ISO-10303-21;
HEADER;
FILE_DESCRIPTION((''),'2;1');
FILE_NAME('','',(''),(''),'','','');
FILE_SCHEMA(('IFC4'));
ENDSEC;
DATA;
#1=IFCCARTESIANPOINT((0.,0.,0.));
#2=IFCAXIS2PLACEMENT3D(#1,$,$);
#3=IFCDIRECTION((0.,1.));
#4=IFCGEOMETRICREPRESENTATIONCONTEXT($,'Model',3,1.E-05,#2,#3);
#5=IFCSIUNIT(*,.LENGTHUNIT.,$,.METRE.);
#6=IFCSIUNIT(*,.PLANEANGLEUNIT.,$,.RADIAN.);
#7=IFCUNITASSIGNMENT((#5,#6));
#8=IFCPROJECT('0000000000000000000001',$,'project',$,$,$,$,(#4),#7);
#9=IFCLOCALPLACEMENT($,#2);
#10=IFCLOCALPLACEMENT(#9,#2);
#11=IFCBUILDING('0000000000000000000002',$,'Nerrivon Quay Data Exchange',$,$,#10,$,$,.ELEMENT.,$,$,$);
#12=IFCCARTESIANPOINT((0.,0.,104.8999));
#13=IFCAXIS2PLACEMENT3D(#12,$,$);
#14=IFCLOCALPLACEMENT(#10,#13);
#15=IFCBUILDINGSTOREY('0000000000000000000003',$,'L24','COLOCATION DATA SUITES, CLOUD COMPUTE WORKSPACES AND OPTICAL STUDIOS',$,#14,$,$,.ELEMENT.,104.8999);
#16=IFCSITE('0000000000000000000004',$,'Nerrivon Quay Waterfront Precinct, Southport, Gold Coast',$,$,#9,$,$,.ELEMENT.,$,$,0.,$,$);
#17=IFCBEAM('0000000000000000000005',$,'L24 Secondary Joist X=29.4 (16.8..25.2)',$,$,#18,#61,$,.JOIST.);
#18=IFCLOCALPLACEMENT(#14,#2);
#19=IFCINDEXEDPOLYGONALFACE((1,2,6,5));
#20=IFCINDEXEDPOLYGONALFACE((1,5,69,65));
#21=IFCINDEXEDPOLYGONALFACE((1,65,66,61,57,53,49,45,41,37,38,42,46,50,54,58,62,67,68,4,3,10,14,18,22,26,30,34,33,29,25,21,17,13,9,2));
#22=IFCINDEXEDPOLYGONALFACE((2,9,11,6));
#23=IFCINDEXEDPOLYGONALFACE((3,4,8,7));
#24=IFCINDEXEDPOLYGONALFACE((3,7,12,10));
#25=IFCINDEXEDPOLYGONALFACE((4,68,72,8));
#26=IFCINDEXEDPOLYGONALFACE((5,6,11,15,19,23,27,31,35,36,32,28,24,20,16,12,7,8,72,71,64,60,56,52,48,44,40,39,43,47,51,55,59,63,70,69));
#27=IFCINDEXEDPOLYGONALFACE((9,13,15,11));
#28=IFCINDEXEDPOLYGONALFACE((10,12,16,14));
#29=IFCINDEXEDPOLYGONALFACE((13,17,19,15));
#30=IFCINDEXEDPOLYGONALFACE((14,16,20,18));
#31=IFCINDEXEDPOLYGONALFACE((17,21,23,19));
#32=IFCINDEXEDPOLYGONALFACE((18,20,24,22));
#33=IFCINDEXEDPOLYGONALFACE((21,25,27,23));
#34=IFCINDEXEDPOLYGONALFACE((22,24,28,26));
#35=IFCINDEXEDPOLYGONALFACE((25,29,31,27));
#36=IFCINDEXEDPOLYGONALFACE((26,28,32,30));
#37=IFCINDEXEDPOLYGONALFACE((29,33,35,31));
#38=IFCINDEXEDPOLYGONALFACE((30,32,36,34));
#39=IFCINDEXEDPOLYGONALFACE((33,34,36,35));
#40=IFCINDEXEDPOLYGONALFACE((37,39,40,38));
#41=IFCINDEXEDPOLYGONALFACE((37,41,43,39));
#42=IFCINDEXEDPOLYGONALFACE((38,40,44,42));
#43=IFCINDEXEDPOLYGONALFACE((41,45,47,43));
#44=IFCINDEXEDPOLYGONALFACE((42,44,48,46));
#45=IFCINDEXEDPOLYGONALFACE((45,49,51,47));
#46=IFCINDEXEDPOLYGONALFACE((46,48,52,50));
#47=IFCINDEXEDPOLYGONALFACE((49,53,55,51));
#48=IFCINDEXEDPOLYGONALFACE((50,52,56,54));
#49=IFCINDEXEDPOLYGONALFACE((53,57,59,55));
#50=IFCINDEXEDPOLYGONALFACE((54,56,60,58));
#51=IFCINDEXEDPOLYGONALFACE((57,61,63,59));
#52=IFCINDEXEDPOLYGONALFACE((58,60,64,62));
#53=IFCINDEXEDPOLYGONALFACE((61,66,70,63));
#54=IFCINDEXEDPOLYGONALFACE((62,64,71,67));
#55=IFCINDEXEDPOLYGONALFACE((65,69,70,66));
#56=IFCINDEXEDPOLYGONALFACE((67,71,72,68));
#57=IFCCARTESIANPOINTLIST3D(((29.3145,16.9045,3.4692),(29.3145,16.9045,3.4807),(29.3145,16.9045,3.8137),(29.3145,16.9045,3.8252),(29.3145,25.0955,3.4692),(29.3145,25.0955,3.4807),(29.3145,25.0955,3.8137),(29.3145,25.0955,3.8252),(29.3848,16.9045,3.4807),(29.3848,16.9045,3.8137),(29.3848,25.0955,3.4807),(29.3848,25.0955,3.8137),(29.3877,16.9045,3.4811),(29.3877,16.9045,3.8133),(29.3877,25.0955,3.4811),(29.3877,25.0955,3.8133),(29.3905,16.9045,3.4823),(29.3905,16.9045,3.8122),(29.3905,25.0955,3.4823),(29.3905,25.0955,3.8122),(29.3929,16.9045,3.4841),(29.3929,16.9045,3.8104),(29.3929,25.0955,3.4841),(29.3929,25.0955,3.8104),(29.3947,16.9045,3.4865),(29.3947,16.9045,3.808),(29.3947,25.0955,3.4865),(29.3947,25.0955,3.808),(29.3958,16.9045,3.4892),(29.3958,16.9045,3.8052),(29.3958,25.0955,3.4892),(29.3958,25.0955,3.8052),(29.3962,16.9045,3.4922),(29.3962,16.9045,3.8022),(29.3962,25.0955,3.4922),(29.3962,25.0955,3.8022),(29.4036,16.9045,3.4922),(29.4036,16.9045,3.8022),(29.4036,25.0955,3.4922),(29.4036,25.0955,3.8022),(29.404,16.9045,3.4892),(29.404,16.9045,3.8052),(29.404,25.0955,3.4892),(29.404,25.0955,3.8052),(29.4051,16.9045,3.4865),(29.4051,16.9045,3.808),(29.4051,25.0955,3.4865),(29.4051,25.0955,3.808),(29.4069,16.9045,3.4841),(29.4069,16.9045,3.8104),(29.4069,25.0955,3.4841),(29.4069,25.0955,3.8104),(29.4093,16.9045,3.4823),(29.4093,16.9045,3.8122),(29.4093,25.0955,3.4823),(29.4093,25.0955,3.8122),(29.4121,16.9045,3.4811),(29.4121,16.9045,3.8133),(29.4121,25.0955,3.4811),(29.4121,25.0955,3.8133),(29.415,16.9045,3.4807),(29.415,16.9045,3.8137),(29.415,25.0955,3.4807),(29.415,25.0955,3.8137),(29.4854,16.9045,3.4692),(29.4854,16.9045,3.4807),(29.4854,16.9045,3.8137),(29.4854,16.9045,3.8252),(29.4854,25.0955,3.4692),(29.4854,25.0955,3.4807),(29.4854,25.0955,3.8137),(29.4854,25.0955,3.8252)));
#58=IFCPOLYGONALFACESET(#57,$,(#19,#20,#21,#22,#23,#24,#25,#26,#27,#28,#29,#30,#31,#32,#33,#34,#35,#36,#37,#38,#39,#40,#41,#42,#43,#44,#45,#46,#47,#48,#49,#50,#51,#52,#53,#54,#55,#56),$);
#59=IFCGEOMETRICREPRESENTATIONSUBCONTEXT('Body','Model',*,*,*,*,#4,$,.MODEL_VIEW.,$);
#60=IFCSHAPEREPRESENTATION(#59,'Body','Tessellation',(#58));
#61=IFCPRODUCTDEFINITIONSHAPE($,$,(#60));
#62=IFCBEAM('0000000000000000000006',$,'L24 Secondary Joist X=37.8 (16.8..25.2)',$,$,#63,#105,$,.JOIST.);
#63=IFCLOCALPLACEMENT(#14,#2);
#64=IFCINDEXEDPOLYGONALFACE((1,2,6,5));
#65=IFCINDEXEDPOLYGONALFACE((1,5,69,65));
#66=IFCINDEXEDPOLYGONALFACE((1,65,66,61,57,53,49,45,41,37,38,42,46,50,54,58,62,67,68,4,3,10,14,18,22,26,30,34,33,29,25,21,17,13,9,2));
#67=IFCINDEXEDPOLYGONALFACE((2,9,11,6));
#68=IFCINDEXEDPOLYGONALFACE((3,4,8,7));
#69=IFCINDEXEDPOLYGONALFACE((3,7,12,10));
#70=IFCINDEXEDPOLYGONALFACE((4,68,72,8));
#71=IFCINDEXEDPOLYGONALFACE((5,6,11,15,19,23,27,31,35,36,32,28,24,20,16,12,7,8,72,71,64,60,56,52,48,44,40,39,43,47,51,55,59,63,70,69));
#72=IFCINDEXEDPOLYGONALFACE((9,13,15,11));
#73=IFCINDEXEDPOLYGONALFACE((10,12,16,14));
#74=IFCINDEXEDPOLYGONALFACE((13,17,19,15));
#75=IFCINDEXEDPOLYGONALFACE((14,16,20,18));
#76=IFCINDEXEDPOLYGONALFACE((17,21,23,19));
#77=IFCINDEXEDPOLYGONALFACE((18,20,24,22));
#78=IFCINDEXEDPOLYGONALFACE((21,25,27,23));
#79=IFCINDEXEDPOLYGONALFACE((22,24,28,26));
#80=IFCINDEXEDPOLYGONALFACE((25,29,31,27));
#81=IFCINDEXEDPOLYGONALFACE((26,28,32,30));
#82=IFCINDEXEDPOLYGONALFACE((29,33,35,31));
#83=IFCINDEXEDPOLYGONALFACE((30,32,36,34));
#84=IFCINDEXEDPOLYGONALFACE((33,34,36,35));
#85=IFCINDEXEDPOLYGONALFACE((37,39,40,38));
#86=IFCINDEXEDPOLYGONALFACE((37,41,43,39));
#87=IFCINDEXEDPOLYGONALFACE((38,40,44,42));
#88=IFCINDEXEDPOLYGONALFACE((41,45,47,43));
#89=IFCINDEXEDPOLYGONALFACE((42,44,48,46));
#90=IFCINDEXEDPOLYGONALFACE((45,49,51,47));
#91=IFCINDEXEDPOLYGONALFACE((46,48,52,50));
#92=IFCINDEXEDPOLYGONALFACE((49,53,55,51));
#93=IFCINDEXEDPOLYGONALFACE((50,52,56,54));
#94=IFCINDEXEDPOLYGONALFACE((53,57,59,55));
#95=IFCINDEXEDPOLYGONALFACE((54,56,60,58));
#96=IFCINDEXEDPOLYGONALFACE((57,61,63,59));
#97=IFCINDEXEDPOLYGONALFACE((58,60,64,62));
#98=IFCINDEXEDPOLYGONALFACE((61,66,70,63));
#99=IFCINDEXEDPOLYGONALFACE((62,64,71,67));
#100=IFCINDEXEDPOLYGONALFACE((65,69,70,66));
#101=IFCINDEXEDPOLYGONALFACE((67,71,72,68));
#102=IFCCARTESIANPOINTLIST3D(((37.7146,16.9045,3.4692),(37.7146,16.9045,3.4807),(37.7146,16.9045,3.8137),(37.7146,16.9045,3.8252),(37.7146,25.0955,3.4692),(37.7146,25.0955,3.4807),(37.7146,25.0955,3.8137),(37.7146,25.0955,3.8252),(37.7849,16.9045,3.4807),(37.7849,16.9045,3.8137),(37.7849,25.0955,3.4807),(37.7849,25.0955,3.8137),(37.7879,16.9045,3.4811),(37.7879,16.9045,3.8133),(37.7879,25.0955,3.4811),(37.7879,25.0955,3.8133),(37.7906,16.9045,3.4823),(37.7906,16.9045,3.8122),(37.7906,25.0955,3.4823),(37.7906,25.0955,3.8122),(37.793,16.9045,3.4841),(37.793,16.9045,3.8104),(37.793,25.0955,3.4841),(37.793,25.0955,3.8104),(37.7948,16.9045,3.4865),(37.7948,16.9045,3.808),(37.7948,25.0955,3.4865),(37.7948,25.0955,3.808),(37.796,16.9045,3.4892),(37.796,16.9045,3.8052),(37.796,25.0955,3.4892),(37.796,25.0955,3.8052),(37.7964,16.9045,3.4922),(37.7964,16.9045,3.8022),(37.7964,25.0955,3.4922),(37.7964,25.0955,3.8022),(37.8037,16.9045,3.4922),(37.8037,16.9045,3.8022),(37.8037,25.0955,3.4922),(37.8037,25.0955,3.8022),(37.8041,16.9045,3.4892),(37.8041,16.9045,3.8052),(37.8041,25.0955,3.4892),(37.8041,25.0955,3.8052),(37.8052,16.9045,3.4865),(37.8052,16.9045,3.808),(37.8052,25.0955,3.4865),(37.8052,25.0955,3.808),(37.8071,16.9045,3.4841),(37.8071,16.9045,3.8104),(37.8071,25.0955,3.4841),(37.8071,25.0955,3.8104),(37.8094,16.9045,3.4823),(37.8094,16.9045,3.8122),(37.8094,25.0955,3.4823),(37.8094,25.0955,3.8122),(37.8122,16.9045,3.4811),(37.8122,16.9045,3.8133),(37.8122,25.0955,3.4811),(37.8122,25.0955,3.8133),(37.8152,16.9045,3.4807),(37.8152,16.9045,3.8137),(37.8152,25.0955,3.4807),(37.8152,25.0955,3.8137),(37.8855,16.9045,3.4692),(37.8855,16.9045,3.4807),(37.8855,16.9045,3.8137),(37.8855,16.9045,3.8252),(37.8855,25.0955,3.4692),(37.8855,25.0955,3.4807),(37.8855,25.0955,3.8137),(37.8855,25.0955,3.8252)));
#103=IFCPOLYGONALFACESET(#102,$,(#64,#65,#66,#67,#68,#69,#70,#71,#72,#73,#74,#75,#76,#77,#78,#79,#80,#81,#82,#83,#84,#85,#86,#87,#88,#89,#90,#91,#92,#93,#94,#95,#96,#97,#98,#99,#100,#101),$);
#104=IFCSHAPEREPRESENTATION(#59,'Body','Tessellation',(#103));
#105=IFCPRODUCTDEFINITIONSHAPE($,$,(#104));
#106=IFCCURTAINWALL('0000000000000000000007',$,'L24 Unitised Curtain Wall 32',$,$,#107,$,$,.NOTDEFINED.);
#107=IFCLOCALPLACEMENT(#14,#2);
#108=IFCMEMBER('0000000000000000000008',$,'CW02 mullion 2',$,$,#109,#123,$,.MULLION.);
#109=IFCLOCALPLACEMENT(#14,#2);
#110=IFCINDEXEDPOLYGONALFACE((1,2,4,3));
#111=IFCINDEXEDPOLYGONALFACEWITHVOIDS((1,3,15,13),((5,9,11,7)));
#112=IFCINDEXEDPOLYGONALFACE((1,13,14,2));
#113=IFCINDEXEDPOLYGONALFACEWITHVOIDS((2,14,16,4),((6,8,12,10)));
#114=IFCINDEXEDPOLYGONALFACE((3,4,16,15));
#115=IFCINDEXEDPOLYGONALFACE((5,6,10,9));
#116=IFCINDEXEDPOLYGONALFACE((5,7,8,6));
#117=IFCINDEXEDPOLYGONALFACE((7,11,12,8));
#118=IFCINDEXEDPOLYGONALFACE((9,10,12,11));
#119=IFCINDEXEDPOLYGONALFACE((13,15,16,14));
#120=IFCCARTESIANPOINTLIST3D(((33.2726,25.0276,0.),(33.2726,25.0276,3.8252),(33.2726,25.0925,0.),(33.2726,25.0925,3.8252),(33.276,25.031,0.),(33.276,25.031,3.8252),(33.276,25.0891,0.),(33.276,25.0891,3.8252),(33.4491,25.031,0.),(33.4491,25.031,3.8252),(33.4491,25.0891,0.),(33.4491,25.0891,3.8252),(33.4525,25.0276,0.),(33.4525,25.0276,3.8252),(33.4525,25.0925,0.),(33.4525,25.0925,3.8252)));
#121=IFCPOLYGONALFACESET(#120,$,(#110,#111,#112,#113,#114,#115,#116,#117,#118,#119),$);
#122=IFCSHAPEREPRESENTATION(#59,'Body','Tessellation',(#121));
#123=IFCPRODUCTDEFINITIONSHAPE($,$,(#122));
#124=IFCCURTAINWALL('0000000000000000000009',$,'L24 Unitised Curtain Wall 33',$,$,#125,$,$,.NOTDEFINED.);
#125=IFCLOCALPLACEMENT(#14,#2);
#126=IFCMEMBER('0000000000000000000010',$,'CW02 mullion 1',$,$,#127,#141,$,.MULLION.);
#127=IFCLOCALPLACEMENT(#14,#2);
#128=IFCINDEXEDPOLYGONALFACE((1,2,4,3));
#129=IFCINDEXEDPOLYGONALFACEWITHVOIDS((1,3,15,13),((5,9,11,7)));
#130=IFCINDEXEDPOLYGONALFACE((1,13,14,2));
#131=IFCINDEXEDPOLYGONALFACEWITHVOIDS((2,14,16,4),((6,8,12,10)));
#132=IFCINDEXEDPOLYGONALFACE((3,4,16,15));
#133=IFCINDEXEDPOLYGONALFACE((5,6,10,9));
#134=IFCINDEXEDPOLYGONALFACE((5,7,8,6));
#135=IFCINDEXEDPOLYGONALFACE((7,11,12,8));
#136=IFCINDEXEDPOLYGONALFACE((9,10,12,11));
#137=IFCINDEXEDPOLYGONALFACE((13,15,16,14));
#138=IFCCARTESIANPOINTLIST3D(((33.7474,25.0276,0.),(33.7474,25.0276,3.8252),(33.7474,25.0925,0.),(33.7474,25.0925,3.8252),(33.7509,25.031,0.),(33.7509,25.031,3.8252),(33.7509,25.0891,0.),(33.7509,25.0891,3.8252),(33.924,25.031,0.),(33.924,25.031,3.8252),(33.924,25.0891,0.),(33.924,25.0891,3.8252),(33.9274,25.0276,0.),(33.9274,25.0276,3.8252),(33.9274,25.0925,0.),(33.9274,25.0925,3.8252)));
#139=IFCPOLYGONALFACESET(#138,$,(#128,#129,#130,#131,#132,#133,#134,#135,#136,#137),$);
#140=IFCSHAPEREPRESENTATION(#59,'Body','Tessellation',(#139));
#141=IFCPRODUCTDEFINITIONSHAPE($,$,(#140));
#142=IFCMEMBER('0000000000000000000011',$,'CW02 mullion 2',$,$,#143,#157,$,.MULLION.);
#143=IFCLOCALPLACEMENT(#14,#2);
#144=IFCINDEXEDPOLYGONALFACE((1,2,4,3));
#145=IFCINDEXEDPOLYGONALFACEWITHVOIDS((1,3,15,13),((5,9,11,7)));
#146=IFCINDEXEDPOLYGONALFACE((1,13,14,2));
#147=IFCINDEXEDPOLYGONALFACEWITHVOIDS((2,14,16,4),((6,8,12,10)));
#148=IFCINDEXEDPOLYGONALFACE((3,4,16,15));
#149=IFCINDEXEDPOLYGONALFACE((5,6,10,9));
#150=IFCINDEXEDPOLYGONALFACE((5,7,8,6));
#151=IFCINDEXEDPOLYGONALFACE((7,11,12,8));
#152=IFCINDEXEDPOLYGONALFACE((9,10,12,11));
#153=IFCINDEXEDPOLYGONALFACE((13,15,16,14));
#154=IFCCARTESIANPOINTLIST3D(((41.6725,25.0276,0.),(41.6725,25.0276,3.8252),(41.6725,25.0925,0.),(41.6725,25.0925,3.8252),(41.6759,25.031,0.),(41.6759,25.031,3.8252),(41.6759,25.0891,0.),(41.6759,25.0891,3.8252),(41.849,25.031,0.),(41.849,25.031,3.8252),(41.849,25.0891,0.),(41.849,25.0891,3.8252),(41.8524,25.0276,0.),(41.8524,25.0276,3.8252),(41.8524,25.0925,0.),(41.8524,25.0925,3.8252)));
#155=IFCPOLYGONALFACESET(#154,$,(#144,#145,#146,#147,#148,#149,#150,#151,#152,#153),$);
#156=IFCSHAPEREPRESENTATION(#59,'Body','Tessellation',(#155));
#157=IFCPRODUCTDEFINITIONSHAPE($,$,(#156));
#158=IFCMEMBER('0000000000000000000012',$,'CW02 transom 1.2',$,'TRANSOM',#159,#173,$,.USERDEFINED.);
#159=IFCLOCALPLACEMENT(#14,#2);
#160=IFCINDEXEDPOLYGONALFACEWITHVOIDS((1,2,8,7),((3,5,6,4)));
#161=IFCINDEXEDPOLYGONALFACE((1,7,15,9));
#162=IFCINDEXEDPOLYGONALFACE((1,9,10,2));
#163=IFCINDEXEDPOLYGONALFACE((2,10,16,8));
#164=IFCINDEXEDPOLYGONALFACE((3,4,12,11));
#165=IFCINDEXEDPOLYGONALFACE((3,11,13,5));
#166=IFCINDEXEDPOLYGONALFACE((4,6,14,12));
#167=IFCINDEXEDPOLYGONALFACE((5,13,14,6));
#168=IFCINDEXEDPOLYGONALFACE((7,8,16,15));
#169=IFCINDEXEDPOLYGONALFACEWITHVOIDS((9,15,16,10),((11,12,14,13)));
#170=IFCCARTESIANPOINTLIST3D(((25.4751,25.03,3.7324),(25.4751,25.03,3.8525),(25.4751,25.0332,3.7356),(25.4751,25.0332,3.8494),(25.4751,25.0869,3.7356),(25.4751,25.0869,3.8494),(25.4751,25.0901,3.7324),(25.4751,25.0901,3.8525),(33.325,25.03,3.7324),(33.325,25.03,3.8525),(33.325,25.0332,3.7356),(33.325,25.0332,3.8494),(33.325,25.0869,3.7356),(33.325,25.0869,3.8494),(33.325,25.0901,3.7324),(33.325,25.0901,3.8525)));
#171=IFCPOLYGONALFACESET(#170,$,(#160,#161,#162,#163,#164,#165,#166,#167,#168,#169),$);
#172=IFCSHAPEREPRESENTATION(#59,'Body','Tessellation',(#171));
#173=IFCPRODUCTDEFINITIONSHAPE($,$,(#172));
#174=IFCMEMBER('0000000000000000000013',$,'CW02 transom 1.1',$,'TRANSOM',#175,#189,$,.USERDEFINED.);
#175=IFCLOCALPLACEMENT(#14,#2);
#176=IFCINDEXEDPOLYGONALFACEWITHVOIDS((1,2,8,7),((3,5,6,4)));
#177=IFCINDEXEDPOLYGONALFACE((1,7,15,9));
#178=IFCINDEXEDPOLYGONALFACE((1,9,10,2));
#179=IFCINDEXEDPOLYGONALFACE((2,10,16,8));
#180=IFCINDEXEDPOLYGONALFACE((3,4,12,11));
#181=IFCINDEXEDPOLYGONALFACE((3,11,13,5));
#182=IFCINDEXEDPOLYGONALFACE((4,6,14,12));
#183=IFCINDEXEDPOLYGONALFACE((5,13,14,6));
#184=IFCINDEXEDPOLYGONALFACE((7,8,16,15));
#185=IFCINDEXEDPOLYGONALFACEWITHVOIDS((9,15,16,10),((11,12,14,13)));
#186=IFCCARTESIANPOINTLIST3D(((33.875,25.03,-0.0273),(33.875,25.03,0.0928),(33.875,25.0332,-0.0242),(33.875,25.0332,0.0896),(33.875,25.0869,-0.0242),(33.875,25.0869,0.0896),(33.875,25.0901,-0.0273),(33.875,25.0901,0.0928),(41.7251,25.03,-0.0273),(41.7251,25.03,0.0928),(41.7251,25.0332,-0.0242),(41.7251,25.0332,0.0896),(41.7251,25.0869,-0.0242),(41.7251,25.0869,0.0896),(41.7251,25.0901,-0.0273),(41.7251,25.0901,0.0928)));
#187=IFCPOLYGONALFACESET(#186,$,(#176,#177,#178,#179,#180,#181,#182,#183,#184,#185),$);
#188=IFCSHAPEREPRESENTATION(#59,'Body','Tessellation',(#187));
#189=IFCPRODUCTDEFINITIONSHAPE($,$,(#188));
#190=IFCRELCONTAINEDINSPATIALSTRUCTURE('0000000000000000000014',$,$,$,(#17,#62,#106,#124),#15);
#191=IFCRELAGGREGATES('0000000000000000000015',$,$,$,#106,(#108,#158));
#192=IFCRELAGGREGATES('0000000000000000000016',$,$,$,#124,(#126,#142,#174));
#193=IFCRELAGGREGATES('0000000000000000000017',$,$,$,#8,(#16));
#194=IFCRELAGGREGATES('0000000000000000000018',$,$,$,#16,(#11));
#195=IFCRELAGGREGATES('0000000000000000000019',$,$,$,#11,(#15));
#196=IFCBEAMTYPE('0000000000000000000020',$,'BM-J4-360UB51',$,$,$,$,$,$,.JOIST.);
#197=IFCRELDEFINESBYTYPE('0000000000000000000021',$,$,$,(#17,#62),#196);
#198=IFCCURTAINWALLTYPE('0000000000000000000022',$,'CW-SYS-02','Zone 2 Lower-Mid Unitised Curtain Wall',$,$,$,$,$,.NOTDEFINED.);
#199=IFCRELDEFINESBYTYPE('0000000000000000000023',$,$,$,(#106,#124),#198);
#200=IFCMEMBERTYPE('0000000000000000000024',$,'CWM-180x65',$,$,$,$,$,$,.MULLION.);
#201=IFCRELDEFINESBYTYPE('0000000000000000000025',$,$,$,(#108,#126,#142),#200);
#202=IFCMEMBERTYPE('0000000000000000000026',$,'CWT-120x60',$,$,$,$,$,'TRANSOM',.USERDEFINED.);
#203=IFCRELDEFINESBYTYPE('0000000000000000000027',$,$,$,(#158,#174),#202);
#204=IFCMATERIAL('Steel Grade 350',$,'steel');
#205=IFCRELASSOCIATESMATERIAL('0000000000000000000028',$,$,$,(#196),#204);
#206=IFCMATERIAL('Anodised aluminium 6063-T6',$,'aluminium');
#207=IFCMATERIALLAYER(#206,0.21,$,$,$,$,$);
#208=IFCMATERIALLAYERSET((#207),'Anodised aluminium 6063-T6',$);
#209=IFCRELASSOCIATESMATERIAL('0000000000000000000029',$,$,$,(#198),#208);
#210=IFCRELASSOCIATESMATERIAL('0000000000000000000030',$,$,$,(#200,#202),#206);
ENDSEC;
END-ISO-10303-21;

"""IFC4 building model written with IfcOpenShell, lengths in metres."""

from ifc_helpers import new_model, si_unit, direction, frame, origin, origin_2d, place, context, subcontext, project, spatial, hollow_rectangle, i_section, extrude, material, layer, layer_set, material_profile, profile_set, type_object, element, aggregate, save


model = new_model("IFC4")

# Units and contexts
model_context = context("Model", 3, precision=1e-05, world=origin(), true_north=direction((0.0, 1.0)))
body_context = subcontext(model_context, "Body", "Model", "MODEL_VIEW")
ifc_project = project(units=[si_unit("LENGTHUNIT", "METRE"), si_unit("PLANEANGLEUNIT", "RADIAN")], contexts=[model_context])

# Site, building, storey
site_placement = place(None, origin())
site = spatial("IfcSite", under=ifc_project, at=site_placement, Name="Nerrivon Quay Waterfront Precinct, Southport, Gold Coast", CompositionType="ELEMENT", RefElevation=0.0)
building_placement = place(site_placement, origin())
building = spatial("IfcBuilding", under=site, at=building_placement, Name="Nerrivon Quay Data Exchange", CompositionType="ELEMENT")
storey_placement = place(building_placement, frame((0.0, 0.0, 104.8999)))
storey = spatial("IfcBuildingStorey", under=building, at=storey_placement, Name="L24", Description="COLOCATION DATA SUITES, CLOUD COMPUTE WORKSPACES AND OPTICAL STUDIOS", CompositionType="ELEMENT", Elevation=104.8999)

# Shared definitions
ifc_material_1 = material(Name="Steel Grade 350", Category="steel")

# Beams
ifc_material_profile_1 = material_profile(ifc_material_1, i_section(OverallWidth=0.1709, OverallDepth=0.356, WebThickness=0.0073, FlangeThickness=0.0115, FilletRadius=0.0115, at=origin_2d()), Name="360UB50.7")
ifc_profile_set_1 = profile_set([ifc_material_profile_1], Name="Steel Grade 350")
beam_type_1 = type_object("IfcBeamType", Name="BM-J4-360UB51", PredefinedType="JOIST", material=ifc_profile_set_1)
for number, where, z_axis, x_axis, name in (
    (1, (29.3999, 16.9045, 3.6472), (0.0, 1.0, 0.0), (-1.0, 0.0, 0.0), "L24 Secondary Joist X=29.4 (16.8..25.2)"),
    (2, (37.8, 16.9045, 3.6472), (0.0, 1.0, 0.0), (-1.0, 0.0, 0.0), "L24 Secondary Joist X=37.8 (16.8..25.2)"),
):
    element("IfcBeam", number, at=place(storey_placement, frame(where, z_axis=z_axis, x_axis=x_axis)), inside=storey, type_object=beam_type_1, Name=name, PredefinedType="JOIST", context=body_context, shape_type="SweptSolid", body=[
        extrude(i_section(OverallWidth=0.1709, OverallDepth=0.356, WebThickness=0.0073, FlangeThickness=0.0115, FilletRadius=0.0115, at=origin_2d()), origin(), (0.0, 0.0, 1.0), 8.1909),
    ])

# Curtain wall, member
ifc_material_2 = material(Name="Anodised aluminium 6063-T6", Category="aluminium")
ifc_layer_1 = layer(ifc_material_2, 0.21)
ifc_layer_set_1 = layer_set([ifc_layer_1], Name="Anodised aluminium 6063-T6")
curtain_wall_type = type_object("IfcCurtainWallType", Name="CW-SYS-02", Description="Zone 2 Lower-Mid Unitised Curtain Wall", PredefinedType="NOTDEFINED", material=ifc_layer_set_1)
curtain_wall_1_placement = place(storey_placement, origin())
curtain_wall_1 = element("IfcCurtainWall", 3, at=curtain_wall_1_placement, inside=storey, type_object=curtain_wall_type, Name="L24 Unitised Curtain Wall 32", PredefinedType="NOTDEFINED")
ifc_material_profile_2 = material_profile(ifc_material_2, hollow_rectangle(XDim=0.0649, YDim=0.1799, WallThickness=0.0034, at=origin_2d()), Name="ALU-MULL-180x65")
ifc_profile_set_2 = profile_set([ifc_material_profile_2], Name="Anodised aluminium 6063-T6")
member_type_1 = type_object("IfcMemberType", Name="CWM-180x65", PredefinedType="MULLION", material=ifc_profile_set_2)
member_1_placement = place(storey_placement, frame((33.3625, 25.0601, 0.0), z_axis=(0.0, 0.0, 1.0), x_axis=(0.0, 1.0, 0.0)))
member_1 = element("IfcMember", 4, at=member_1_placement, type_object=member_type_1, Name="CW02 mullion 2", PredefinedType="MULLION", context=body_context, shape_type="SweptSolid", body=[
    extrude(hollow_rectangle(XDim=0.0649, YDim=0.1799, WallThickness=0.0034, at=origin_2d()), origin(), (0.0, 0.0, 1.0), 3.8252),
])

# Curtain wall, members
curtain_wall_2_placement = place(storey_placement, origin())
curtain_wall_2 = element("IfcCurtainWall", 5, at=curtain_wall_2_placement, inside=storey, type_object=curtain_wall_type, Name="L24 Unitised Curtain Wall 33", PredefinedType="NOTDEFINED")
member_2_placement = place(storey_placement, frame((33.8374, 25.0601, 0.0), z_axis=(0.0, 0.0, 1.0), x_axis=(0.0, 1.0, 0.0)))
member_2 = element("IfcMember", 6, at=member_2_placement, type_object=member_type_1, Name="CW02 mullion 1", PredefinedType="MULLION", context=body_context, shape_type="SweptSolid", body=[
    extrude(hollow_rectangle(XDim=0.0649, YDim=0.1799, WallThickness=0.0034, at=origin_2d()), origin(), (0.0, 0.0, 1.0), 3.8252),
])
member_3_placement = place(storey_placement, frame((41.7625, 25.0601, 0.0), z_axis=(0.0, 0.0, 1.0), x_axis=(0.0, 1.0, 0.0)))
member_3 = element("IfcMember", 7, at=member_3_placement, type_object=member_type_1, Name="CW02 mullion 2", PredefinedType="MULLION", context=body_context, shape_type="SweptSolid", body=[
    extrude(hollow_rectangle(XDim=0.0649, YDim=0.1799, WallThickness=0.0034, at=origin_2d()), origin(), (0.0, 0.0, 1.0), 3.8252),
])

# Members
ifc_material_profile_3 = material_profile(ifc_material_2, hollow_rectangle(XDim=0.0601, YDim=0.1201, WallThickness=0.0032, at=origin_2d()), Name="ALU-TRAN-120x60")
ifc_profile_set_3 = profile_set([ifc_material_profile_3], Name="Anodised aluminium 6063-T6")
member_type_2 = type_object("IfcMemberType", Name="CWT-120x60", ElementType="TRANSOM", PredefinedType="USERDEFINED", material=ifc_profile_set_3)
member_4_placement = place(storey_placement, frame((25.4751, 25.0601, 3.7925), z_axis=(1.0, 0.0, 0.0), x_axis=(0.0, 1.0, 0.0)))
member_4 = element("IfcMember", 8, at=member_4_placement, type_object=member_type_2, Name="CW02 transom 1.2", ObjectType="TRANSOM", PredefinedType="USERDEFINED", context=body_context, shape_type="SweptSolid", body=[
    extrude(hollow_rectangle(XDim=0.0601, YDim=0.1201, WallThickness=0.0032, at=origin_2d()), origin(), (0.0, 0.0, 1.0), 7.8499),
])
member_5_placement = place(storey_placement, frame((33.875, 25.0601, 0.0327), z_axis=(1.0, 0.0, 0.0), x_axis=(0.0, 1.0, 0.0)))
member_5 = element("IfcMember", 9, at=member_5_placement, type_object=member_type_2, Name="CW02 transom 1.1", ObjectType="TRANSOM", PredefinedType="USERDEFINED", context=body_context, shape_type="SweptSolid", body=[
    extrude(hollow_rectangle(XDim=0.0601, YDim=0.1201, WallThickness=0.0032, at=origin_2d()), origin(), (0.0, 0.0, 1.0), 7.8501),
])

aggregate(curtain_wall_1, [member_1, member_4])
aggregate(curtain_wall_2, [member_2, member_3, member_5])

save(model, "model.ifc")
